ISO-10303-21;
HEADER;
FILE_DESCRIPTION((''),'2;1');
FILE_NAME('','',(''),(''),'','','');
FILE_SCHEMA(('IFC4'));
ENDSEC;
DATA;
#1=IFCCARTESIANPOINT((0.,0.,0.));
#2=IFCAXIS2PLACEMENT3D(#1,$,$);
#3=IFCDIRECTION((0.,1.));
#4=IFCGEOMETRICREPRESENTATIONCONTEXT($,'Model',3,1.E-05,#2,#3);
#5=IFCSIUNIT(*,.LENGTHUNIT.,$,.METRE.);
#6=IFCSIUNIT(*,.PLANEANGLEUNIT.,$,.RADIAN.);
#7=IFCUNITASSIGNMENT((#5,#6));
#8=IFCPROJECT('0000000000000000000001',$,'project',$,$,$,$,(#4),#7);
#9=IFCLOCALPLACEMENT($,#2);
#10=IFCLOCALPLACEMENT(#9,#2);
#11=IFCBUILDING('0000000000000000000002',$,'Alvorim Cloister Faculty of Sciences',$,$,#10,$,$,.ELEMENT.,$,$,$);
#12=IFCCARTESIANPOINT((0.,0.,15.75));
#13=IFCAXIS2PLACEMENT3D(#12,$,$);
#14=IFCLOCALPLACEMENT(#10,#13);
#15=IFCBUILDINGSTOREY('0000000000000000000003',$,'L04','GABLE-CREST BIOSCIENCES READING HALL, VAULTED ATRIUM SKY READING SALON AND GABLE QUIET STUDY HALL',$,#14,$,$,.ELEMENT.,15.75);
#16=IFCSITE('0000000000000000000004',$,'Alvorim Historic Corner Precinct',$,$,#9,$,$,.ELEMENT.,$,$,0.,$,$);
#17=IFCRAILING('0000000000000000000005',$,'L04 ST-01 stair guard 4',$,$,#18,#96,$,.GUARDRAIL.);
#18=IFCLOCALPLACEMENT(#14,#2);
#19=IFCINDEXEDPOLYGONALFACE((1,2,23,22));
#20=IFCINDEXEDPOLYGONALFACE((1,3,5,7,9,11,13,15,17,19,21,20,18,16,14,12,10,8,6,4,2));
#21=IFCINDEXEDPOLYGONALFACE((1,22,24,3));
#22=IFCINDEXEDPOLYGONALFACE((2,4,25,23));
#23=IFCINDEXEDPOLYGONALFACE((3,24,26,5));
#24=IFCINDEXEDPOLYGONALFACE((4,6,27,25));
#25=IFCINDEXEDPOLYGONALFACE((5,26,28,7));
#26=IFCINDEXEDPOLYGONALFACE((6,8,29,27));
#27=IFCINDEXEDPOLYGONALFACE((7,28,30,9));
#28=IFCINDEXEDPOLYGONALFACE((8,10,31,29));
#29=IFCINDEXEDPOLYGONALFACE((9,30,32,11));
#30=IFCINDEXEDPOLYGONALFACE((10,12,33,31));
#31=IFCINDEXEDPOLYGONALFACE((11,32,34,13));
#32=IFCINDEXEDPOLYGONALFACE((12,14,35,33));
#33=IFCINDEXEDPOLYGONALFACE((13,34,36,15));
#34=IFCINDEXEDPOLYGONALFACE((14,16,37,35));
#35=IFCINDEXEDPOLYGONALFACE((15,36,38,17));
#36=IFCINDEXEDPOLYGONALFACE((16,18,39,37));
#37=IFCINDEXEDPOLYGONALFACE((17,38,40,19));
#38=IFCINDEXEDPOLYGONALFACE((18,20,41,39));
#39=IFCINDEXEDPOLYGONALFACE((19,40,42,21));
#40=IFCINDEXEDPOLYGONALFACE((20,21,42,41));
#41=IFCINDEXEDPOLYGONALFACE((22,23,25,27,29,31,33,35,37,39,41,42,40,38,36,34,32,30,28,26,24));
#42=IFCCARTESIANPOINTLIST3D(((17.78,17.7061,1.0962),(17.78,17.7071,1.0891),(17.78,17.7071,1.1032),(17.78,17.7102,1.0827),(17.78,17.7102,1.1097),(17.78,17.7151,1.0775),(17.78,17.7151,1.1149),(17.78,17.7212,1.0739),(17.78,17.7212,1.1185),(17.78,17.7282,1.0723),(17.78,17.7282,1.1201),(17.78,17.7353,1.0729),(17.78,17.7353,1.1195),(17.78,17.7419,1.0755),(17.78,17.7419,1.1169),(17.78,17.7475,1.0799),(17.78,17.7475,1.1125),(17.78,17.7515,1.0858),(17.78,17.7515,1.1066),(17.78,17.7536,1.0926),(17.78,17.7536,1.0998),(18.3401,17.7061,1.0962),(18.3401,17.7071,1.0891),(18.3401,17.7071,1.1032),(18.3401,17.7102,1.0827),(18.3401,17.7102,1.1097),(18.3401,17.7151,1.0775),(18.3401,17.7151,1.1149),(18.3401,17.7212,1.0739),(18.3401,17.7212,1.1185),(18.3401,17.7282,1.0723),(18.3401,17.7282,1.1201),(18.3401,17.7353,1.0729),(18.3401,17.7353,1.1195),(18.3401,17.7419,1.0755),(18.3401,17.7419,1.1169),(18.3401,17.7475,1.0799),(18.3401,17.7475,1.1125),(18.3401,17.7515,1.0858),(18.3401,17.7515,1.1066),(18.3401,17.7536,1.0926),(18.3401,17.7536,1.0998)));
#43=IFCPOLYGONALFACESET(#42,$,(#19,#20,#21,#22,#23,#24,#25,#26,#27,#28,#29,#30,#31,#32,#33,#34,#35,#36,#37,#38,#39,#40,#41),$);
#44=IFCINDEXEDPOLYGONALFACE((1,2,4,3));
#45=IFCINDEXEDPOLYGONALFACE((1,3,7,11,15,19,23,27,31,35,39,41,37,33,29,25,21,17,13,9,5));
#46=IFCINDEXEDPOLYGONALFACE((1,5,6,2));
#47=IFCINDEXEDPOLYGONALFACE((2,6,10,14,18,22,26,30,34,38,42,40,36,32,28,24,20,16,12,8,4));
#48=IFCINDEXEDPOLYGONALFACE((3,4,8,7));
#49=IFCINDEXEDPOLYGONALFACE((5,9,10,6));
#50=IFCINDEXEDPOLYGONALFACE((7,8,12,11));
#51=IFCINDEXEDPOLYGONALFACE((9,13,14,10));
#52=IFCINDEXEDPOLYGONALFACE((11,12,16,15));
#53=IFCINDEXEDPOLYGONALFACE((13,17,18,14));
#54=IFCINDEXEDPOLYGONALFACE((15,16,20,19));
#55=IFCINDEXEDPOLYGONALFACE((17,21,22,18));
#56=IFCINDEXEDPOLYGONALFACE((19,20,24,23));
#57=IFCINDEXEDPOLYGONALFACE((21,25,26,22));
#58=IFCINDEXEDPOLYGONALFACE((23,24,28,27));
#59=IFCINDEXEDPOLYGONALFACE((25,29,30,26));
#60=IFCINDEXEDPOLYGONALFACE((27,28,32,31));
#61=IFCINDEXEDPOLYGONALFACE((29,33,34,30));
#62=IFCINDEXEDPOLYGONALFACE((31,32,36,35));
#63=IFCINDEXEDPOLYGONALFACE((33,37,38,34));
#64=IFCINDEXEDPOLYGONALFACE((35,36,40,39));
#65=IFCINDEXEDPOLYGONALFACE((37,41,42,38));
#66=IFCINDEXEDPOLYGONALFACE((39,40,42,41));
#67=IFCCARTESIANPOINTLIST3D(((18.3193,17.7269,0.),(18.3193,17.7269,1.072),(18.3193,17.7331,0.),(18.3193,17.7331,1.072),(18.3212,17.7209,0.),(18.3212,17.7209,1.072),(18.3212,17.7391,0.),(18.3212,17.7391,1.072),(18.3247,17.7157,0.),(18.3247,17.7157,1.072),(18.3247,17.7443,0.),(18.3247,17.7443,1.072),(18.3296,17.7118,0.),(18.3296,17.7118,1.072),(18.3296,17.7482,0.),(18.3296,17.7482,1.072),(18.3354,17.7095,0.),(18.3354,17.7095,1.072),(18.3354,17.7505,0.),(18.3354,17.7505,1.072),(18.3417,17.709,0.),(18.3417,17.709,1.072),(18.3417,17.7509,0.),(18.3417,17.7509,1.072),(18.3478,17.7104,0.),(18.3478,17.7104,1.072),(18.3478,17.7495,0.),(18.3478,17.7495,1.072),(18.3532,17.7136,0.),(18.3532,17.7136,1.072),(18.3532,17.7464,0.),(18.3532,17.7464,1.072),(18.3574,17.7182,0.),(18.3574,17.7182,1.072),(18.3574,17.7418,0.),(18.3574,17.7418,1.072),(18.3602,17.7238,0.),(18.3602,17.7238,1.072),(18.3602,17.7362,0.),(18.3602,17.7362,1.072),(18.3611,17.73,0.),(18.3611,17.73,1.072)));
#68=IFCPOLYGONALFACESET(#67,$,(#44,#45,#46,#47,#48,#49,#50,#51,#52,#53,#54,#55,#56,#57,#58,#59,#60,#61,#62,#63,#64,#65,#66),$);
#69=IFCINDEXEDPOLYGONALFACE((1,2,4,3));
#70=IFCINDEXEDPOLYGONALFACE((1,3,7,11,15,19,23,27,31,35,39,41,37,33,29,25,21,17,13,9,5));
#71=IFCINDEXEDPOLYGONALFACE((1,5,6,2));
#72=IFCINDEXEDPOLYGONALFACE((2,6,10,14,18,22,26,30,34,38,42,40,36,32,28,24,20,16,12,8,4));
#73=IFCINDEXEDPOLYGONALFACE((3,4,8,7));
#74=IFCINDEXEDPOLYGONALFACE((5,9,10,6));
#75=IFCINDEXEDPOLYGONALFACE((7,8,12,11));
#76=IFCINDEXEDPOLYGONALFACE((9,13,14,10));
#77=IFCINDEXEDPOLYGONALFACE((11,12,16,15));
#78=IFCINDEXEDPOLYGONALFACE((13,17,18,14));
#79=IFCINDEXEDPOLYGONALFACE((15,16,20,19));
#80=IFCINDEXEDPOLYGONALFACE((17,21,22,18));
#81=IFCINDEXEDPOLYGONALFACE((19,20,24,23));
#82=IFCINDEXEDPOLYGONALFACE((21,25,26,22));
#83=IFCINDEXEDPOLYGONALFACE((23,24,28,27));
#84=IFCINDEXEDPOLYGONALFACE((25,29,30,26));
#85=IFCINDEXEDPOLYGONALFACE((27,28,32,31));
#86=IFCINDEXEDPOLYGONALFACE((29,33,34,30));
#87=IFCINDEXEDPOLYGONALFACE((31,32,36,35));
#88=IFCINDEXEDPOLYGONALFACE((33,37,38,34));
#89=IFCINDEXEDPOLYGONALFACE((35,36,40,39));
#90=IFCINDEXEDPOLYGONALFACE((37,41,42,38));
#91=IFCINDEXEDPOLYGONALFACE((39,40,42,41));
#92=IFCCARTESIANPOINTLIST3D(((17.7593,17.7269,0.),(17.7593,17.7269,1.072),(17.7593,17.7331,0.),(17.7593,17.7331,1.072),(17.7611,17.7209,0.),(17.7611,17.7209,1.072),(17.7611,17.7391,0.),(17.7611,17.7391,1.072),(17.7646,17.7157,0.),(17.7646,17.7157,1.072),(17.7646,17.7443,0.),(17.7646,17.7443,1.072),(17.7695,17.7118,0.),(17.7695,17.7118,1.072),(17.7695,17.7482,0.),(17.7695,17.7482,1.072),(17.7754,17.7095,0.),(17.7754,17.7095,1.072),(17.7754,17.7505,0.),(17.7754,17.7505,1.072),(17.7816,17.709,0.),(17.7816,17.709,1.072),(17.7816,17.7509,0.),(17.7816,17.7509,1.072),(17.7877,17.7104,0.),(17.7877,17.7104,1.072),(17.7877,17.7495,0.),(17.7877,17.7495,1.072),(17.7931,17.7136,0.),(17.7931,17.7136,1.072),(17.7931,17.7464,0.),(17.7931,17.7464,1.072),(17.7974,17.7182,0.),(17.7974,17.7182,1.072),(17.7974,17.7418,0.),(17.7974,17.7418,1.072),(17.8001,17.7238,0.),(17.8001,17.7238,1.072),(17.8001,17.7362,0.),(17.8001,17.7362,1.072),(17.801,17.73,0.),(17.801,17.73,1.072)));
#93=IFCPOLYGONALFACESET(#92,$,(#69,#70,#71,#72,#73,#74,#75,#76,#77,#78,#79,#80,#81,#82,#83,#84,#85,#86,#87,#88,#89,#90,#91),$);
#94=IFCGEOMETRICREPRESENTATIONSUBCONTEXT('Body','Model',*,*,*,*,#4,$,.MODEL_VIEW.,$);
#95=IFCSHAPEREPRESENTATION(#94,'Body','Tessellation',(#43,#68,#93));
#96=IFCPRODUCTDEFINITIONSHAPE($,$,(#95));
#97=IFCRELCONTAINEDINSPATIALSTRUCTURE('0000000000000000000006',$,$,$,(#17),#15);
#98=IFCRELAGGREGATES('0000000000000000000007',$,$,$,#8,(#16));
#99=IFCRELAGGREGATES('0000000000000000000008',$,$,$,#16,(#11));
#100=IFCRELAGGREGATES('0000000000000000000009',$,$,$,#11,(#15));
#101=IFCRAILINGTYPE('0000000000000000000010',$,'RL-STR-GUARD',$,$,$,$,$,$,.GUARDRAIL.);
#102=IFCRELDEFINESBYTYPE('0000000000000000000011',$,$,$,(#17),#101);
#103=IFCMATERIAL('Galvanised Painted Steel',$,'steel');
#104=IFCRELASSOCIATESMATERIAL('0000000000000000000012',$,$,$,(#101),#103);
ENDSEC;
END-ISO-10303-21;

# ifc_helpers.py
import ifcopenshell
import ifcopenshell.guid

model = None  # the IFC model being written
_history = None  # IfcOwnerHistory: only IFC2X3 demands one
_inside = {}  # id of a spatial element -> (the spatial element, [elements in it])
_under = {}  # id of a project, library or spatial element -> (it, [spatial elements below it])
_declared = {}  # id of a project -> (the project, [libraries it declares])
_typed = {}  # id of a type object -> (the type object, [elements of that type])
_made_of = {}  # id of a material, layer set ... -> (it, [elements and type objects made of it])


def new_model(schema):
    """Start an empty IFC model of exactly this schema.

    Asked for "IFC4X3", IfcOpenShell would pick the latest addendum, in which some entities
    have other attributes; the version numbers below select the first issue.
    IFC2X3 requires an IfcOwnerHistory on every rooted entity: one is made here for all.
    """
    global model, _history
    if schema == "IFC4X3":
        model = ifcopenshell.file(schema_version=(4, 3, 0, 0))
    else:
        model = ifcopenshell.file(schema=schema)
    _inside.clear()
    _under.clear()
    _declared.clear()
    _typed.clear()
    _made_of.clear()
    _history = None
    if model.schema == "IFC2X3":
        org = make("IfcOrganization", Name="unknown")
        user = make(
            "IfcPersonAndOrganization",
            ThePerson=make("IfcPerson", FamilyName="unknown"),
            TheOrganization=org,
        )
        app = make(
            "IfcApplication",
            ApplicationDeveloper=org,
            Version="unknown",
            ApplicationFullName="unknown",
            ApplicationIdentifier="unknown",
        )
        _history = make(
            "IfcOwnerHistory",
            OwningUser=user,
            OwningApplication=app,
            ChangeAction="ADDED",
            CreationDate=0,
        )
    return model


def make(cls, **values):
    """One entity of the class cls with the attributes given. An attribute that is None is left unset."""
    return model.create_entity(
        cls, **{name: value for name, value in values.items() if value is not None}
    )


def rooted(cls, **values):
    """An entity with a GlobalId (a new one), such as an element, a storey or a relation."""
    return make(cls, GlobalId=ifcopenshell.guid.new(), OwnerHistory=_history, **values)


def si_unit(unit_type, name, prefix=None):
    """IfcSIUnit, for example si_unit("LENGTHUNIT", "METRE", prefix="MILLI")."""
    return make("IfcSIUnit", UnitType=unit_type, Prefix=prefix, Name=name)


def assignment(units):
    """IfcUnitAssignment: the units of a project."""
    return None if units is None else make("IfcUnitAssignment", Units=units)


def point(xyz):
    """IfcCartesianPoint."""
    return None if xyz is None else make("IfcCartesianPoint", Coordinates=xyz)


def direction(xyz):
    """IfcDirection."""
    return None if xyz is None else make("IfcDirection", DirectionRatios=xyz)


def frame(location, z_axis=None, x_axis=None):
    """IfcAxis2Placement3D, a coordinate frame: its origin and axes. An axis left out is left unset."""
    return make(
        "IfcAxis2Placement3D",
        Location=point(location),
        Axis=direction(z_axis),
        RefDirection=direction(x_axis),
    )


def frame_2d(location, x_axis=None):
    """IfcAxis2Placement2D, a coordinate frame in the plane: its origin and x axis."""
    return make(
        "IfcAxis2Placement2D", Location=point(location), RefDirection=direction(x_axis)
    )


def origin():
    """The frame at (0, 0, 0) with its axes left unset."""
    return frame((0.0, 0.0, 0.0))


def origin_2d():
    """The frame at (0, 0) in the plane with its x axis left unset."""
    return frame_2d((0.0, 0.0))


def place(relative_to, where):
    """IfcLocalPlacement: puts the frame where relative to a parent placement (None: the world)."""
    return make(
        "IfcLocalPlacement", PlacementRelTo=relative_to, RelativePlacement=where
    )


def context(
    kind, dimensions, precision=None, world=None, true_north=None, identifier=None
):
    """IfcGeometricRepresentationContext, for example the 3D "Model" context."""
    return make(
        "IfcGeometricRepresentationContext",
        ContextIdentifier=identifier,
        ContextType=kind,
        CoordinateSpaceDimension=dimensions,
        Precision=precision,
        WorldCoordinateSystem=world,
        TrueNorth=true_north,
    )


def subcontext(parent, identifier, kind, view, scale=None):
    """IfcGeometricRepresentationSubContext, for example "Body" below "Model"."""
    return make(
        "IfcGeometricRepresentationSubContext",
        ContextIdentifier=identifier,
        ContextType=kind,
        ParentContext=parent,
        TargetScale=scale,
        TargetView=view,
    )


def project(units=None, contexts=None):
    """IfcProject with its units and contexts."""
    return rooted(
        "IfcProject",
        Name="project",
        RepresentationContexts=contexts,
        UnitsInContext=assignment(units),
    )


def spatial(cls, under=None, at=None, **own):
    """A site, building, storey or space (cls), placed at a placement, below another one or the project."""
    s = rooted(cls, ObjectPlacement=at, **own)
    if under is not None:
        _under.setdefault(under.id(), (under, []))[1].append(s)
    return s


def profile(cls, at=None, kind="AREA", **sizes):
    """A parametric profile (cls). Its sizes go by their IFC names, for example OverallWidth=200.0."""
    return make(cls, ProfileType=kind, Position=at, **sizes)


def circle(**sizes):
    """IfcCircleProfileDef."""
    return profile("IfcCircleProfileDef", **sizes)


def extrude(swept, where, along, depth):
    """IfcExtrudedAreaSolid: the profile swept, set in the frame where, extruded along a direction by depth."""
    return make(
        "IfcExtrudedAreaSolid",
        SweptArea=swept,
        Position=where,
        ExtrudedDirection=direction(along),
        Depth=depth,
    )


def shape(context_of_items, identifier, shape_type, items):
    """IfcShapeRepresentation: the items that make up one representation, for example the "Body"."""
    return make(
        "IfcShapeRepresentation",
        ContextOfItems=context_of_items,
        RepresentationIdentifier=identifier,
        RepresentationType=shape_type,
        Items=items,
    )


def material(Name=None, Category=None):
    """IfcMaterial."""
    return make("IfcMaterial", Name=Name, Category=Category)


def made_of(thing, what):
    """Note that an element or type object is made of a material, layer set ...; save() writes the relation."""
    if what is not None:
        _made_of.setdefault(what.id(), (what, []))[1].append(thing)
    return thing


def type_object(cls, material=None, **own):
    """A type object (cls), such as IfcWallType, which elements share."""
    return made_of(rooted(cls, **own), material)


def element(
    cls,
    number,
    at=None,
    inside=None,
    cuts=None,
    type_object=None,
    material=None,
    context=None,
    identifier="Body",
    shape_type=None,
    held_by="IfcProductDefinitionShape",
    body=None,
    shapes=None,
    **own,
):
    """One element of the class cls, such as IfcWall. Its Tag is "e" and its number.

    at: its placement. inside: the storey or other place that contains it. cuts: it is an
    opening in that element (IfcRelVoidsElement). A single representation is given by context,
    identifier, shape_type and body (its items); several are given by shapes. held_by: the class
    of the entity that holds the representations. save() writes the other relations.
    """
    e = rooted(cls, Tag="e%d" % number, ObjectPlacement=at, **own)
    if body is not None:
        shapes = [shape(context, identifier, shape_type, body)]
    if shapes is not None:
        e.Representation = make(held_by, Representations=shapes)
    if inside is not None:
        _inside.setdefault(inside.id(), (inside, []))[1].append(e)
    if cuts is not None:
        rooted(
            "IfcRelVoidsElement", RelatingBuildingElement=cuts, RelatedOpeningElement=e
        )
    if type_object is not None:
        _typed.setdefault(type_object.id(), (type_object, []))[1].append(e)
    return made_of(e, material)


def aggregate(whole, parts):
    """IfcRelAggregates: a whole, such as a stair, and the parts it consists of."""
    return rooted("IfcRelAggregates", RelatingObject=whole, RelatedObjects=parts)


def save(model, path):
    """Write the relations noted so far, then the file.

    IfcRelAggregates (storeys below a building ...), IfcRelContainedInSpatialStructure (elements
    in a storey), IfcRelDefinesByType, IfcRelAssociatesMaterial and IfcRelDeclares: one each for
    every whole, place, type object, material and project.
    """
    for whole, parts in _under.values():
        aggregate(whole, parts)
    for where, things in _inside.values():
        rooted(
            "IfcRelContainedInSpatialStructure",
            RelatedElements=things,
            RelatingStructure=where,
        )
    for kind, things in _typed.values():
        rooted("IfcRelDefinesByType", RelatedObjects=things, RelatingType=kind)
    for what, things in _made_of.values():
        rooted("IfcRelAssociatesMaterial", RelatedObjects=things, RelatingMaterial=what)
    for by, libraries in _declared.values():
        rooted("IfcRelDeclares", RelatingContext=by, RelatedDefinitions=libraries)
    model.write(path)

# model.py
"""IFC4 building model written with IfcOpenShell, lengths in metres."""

from ifc_helpers import new_model, si_unit, direction, frame, origin, origin_2d, place, context, subcontext, project, spatial, circle, extrude, material, type_object, element, save


model = new_model("IFC4")

# Units and contexts
model_context = context("Model", 3, precision=1e-05, world=origin(), true_north=direction((0.0, 1.0)))
body_context = subcontext(model_context, "Body", "Model", "MODEL_VIEW")
ifc_project = project(units=[si_unit("LENGTHUNIT", "METRE"), si_unit("PLANEANGLEUNIT", "RADIAN")], contexts=[model_context])

# Site, building, storey
site_placement = place(None, origin())
site = spatial("IfcSite", under=ifc_project, at=site_placement, Name="Alvorim Historic Corner Precinct", CompositionType="ELEMENT", RefElevation=0.0)
building_placement = place(site_placement, origin())
building = spatial("IfcBuilding", under=site, at=building_placement, Name="Alvorim Cloister Faculty of Sciences", CompositionType="ELEMENT")
storey_placement = place(building_placement, frame((0.0, 0.0, 15.75)))
storey = spatial("IfcBuildingStorey", under=building, at=storey_placement, Name="L04", Description="GABLE-CREST BIOSCIENCES READING HALL, VAULTED ATRIUM SKY READING SALON AND GABLE QUIET STUDY HALL", CompositionType="ELEMENT", Elevation=15.75)

# Railing
ifc_material_1 = material(Name="Galvanised Painted Steel", Category="steel")
railing_type_1 = type_object("IfcRailingType", Name="RL-STR-GUARD", PredefinedType="GUARDRAIL", material=ifc_material_1)
railing_1_placement = place(storey_placement, frame((18.3401, 17.73, 0.0)))
element("IfcRailing", 1, at=railing_1_placement, inside=storey, type_object=railing_type_1, Name="L04 ST-01 stair guard 4", PredefinedType="GUARDRAIL", context=body_context, shape_type="SweptSolid", body=[
    extrude(circle(Radius=0.0239, at=origin_2d()), frame((0.0, 0.0, 1.0962), z_axis=(-1.0, 0.0, 0.0), x_axis=(0.0, -1.0, 0.0)), (0.0, 0.0, 1.0), 0.5601),
    extrude(circle(Radius=0.021, at=origin_2d()), origin(), (0.0, 0.0, 1.0), 1.072),
    extrude(circle(Radius=0.021, at=origin_2d()), frame((-0.5601, 0.0, 0.0)), (0.0, 0.0, 1.0), 1.072),
])

save(model, "model.ifc")
